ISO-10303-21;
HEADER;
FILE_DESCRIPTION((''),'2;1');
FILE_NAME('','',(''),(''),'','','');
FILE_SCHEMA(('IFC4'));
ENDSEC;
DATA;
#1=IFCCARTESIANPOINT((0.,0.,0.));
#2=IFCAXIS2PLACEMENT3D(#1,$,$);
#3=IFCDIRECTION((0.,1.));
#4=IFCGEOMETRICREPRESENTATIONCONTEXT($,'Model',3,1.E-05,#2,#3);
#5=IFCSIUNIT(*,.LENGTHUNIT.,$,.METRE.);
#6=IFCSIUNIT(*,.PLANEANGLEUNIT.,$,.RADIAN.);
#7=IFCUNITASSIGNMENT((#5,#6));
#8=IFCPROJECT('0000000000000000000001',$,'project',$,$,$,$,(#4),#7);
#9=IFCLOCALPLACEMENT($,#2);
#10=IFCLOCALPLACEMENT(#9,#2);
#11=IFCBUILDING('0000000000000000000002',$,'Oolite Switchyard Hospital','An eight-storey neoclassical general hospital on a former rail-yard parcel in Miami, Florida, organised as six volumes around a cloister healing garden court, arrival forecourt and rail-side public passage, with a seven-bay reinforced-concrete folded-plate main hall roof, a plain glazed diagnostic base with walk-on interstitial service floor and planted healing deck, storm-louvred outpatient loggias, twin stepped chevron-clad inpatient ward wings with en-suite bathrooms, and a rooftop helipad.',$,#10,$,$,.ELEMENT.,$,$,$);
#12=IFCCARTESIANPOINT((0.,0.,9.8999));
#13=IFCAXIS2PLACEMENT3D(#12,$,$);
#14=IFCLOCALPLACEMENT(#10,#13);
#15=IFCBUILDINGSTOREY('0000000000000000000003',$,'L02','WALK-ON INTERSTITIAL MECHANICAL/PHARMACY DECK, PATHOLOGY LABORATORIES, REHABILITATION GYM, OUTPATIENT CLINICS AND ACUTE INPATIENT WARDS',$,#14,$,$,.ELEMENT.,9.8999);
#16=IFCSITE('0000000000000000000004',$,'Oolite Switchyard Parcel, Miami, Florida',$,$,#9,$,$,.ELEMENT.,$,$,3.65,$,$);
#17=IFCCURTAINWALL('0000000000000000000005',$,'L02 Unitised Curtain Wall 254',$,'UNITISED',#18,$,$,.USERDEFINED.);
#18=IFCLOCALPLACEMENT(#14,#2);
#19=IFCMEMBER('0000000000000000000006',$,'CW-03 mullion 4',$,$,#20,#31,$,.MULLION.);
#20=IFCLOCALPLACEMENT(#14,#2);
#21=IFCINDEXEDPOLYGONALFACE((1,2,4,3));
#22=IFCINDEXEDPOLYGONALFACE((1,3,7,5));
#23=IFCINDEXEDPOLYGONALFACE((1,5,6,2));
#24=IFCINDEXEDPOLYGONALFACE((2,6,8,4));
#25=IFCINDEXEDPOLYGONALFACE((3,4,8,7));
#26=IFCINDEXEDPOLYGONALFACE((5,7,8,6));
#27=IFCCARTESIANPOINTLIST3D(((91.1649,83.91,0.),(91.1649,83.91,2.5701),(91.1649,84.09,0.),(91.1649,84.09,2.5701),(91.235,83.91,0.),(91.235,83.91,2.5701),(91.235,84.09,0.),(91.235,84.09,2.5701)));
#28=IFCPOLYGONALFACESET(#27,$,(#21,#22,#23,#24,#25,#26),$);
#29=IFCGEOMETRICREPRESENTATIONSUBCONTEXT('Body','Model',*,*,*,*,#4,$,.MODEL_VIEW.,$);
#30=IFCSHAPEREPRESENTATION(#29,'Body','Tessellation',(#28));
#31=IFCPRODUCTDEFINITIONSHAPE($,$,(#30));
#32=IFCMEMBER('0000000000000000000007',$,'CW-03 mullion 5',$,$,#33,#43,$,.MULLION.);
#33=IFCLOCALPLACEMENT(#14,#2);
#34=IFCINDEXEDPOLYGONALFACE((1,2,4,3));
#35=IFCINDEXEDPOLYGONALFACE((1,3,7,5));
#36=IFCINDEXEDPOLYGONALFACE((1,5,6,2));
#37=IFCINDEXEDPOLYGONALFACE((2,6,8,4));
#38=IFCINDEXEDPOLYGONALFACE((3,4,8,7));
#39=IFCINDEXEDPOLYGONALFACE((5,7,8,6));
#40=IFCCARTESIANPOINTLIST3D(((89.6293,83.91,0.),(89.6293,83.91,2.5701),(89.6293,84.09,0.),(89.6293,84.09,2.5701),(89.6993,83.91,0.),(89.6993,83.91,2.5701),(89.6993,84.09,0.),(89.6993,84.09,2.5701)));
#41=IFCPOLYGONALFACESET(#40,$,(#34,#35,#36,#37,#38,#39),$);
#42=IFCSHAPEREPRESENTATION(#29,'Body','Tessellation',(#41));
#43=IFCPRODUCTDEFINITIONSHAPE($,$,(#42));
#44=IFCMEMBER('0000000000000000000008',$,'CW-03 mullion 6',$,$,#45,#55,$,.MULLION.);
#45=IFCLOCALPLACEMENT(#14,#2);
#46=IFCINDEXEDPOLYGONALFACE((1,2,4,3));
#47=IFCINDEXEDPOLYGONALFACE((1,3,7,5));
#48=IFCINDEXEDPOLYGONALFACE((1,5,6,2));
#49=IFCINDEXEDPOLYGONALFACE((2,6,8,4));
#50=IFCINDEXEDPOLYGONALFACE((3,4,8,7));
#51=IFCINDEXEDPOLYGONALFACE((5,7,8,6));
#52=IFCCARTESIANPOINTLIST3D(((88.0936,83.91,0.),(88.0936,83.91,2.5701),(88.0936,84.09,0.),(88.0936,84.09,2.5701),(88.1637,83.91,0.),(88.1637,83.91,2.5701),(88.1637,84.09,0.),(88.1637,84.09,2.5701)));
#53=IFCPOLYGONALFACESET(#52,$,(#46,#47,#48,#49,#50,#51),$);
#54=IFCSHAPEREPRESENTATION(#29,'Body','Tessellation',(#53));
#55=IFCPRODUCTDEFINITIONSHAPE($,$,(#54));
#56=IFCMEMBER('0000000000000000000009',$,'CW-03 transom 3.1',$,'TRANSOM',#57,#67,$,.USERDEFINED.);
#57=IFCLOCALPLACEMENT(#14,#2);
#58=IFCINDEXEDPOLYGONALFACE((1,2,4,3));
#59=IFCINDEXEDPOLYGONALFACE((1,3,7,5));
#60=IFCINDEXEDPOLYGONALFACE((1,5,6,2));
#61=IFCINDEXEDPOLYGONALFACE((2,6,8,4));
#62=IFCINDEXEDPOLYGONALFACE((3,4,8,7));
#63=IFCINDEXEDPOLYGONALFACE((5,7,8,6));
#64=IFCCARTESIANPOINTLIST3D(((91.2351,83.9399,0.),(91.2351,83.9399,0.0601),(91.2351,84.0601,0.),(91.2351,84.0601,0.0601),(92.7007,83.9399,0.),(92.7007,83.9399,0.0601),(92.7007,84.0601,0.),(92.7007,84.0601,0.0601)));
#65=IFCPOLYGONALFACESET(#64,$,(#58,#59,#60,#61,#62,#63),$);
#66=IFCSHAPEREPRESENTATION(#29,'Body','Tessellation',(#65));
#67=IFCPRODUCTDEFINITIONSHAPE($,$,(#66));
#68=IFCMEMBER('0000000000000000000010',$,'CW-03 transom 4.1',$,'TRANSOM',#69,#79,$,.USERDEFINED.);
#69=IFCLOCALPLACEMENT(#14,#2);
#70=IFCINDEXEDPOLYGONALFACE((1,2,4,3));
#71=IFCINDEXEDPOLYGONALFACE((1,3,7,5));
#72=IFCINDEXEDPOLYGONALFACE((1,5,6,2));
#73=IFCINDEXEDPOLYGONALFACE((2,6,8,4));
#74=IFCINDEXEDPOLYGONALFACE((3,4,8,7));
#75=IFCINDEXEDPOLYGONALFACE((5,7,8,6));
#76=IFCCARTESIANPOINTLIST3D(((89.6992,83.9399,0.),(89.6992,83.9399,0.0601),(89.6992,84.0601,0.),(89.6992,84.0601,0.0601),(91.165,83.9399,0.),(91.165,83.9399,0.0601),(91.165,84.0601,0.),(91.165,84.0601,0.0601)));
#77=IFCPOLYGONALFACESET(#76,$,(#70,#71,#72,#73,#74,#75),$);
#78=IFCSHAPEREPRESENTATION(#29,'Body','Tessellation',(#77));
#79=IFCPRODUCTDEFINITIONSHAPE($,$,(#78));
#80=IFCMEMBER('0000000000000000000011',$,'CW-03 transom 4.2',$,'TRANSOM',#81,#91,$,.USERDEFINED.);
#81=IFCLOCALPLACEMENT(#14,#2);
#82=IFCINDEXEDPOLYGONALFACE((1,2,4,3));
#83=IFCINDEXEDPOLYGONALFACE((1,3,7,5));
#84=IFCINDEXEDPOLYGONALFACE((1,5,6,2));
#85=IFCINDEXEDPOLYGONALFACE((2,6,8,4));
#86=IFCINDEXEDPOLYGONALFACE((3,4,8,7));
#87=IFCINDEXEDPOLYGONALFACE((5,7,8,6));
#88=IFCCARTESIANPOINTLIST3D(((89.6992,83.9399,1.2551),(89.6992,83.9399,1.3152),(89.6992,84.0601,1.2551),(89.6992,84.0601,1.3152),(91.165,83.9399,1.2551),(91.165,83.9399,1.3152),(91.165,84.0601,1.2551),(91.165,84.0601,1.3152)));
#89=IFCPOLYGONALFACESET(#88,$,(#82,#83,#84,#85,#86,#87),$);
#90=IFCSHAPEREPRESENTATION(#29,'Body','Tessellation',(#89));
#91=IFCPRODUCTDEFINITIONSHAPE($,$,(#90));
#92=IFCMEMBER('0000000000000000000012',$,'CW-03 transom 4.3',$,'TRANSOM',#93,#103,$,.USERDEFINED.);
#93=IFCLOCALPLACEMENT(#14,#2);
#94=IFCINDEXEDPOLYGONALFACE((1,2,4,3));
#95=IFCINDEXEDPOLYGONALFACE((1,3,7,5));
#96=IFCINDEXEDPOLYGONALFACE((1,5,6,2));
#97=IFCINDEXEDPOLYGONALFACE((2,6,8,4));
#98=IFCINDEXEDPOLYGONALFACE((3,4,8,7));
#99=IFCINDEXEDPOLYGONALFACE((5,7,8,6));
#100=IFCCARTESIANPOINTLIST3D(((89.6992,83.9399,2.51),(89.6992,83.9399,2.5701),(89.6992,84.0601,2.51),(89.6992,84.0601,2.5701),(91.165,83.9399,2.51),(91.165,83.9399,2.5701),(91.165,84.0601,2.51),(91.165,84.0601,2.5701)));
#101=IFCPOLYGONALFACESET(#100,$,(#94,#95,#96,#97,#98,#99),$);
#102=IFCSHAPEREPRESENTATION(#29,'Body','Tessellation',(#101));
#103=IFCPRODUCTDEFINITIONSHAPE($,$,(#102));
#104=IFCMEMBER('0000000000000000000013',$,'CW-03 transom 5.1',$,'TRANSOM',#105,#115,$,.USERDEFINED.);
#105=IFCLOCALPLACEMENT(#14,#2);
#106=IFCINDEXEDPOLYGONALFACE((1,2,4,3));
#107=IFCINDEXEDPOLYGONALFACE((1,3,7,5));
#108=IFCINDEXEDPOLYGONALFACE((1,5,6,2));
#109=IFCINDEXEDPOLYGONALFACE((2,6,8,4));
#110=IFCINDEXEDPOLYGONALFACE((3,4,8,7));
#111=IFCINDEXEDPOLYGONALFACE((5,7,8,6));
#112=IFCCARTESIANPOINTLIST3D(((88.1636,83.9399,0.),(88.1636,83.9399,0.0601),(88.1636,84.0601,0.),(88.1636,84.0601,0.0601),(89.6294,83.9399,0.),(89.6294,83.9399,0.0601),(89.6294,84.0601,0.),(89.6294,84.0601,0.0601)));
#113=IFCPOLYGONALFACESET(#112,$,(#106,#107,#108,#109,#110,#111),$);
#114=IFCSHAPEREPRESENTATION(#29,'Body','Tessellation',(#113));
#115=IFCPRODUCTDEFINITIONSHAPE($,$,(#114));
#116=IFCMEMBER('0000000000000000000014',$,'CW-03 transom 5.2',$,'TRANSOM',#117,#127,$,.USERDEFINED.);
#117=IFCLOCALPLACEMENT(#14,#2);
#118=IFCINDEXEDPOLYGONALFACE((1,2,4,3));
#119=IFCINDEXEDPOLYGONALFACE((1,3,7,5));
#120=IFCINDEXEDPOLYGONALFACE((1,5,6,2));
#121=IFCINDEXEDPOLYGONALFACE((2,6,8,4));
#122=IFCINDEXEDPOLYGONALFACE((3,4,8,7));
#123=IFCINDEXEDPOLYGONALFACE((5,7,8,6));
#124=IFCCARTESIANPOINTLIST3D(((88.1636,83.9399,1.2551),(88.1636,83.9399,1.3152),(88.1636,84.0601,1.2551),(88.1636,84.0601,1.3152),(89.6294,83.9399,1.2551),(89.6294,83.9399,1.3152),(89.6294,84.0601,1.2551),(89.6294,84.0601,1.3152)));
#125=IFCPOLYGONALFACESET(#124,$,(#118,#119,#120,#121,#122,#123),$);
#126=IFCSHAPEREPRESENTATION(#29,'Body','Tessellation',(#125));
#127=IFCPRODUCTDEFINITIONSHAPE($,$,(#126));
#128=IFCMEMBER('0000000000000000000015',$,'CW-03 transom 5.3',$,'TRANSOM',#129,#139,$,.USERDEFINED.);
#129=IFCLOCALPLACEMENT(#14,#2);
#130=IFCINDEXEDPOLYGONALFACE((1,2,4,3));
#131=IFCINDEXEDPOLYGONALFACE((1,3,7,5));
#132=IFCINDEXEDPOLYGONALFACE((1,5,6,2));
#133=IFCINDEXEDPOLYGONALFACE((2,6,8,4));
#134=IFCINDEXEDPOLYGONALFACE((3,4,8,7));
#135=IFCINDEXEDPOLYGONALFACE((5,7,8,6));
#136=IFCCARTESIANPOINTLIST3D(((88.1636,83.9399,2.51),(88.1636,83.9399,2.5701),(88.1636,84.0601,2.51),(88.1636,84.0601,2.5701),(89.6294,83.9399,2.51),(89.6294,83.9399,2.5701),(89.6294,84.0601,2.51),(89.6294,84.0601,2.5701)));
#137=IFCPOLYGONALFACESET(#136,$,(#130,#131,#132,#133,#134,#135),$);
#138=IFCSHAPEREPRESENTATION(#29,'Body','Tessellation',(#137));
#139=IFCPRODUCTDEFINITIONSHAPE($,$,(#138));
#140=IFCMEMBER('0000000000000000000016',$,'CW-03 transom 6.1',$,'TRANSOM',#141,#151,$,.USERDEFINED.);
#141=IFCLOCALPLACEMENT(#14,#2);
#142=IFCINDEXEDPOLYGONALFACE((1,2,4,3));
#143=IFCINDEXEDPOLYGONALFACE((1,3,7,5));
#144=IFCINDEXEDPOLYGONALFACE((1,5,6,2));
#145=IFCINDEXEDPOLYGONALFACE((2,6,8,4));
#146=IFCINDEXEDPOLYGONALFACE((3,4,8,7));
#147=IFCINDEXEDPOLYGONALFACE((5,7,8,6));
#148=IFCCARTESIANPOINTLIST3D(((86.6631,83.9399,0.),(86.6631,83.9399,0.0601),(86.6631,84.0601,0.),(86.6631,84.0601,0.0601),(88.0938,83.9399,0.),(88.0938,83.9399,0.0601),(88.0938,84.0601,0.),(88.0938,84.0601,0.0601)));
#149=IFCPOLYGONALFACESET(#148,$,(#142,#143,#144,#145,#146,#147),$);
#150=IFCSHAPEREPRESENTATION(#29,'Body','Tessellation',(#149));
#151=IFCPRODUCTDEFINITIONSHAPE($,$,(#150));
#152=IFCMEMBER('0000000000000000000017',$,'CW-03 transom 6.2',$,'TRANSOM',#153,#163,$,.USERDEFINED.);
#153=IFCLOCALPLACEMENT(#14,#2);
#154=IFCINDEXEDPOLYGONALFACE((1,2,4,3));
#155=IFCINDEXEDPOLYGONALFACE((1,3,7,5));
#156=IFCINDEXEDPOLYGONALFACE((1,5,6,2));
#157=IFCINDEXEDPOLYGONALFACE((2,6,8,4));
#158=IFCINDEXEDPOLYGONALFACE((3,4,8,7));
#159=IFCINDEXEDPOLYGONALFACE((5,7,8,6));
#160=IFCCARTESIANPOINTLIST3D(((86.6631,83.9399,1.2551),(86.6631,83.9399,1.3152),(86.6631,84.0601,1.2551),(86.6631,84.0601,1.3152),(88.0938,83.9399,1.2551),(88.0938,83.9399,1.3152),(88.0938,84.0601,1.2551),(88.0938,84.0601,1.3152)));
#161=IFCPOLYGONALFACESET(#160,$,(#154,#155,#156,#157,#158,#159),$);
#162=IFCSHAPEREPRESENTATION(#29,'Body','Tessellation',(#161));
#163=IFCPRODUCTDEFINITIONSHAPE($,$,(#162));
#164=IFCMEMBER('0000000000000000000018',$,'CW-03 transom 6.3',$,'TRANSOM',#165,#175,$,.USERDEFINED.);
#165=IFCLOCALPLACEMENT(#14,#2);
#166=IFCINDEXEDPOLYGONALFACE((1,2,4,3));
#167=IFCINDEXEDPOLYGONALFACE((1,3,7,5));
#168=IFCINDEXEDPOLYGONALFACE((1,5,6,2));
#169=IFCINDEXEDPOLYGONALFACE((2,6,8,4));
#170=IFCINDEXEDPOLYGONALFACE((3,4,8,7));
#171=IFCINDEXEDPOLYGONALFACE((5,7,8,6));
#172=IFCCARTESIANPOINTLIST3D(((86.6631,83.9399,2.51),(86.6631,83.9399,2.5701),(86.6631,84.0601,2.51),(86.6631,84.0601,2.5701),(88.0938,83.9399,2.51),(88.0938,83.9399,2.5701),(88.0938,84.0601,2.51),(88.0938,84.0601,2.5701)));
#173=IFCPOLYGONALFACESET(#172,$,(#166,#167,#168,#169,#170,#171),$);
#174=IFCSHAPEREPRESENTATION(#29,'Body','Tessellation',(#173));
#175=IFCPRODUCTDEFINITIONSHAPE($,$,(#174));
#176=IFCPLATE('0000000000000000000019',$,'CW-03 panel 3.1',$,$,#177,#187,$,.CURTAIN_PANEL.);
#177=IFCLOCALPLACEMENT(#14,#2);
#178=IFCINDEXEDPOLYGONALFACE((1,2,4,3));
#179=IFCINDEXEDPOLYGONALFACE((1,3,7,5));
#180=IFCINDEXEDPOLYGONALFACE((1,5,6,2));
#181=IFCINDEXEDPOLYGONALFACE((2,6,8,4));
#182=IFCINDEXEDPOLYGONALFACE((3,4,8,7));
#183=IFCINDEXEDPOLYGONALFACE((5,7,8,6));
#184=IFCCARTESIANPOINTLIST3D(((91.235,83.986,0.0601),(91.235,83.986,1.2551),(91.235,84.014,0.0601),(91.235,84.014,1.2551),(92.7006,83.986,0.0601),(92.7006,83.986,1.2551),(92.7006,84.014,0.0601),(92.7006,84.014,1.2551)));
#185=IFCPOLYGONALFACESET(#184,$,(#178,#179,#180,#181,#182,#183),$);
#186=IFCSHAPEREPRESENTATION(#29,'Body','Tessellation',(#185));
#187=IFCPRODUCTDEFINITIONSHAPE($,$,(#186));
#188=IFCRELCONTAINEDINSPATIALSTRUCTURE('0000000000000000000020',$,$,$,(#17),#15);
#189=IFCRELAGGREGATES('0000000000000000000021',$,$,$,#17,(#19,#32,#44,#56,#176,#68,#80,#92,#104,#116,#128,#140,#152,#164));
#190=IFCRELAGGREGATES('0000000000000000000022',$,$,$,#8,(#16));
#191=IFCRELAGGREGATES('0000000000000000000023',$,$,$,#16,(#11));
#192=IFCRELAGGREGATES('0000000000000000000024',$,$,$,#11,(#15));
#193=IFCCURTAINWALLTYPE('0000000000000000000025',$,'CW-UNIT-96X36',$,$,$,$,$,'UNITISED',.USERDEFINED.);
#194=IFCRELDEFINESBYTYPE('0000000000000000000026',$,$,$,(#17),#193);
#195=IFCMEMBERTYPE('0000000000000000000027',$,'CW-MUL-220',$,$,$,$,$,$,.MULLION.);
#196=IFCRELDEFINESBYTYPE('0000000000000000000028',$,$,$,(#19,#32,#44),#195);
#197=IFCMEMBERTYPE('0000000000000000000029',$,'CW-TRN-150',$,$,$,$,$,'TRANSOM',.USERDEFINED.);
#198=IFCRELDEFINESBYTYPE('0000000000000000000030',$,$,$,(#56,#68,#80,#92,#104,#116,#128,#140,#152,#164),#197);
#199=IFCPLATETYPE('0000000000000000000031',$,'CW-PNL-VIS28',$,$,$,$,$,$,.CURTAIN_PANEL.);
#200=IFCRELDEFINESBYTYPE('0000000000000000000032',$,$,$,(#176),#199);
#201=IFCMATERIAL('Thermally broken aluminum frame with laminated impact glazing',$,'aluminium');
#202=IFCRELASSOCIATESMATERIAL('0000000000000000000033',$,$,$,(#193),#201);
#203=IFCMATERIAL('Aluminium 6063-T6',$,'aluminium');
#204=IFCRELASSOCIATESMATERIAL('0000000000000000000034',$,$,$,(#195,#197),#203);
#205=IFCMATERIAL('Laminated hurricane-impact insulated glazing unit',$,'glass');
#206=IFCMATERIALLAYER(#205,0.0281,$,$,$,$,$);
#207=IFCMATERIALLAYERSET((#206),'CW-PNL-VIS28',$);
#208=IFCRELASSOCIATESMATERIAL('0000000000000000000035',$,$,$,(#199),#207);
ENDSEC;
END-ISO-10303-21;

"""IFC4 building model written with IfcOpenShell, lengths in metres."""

from ifc_helpers import new_model, si_unit, direction, frame, origin, origin_2d, place, context, subcontext, project, spatial, rectangle, extrude, material, layer, layer_set, material_profile, profile_set, type_object, element, aggregate, save


model = new_model("IFC4")

# Units and contexts
model_context = context("Model", 3, precision=1e-05, world=origin(), true_north=direction((0.0, 1.0)))
body_context = subcontext(model_context, "Body", "Model", "MODEL_VIEW")
ifc_project = project(units=[si_unit("LENGTHUNIT", "METRE"), si_unit("PLANEANGLEUNIT", "RADIAN")], contexts=[model_context])

# Site, building, storey
site_placement = place(None, origin())
site = spatial("IfcSite", under=ifc_project, at=site_placement, Name="Oolite Switchyard Parcel, Miami, Florida", CompositionType="ELEMENT", RefElevation=3.65)
building_placement = place(site_placement, origin())
building = spatial("IfcBuilding", under=site, at=building_placement, Name="Oolite Switchyard Hospital", Description="An eight-storey neoclassical general hospital on a former rail-yard parcel in Miami, Florida, organised as six volumes around a cloister healing garden court, arrival forecourt and rail-side public passage, with a seven-bay reinforced-concrete folded-plate main hall roof, a plain glazed diagnostic base with walk-on interstitial service floor and planted healing deck, storm-louvred outpatient loggias, twin stepped chevron-clad inpatient ward wings with en-suite bathrooms, and a rooftop helipad.", CompositionType="ELEMENT")
storey_placement = place(building_placement, frame((0.0, 0.0, 9.8999)))
storey = spatial("IfcBuildingStorey", under=building, at=storey_placement, Name="L02", Description="WALK-ON INTERSTITIAL MECHANICAL/PHARMACY DECK, PATHOLOGY LABORATORIES, REHABILITATION GYM, OUTPATIENT CLINICS AND ACUTE INPATIENT WARDS", CompositionType="ELEMENT", Elevation=9.8999)

# Curtain wall, members, plate
ifc_material_1 = material(Name="Thermally broken aluminum frame with laminated impact glazing", Category="aluminium")
curtain_wall_type = type_object("IfcCurtainWallType", Name="CW-UNIT-96X36", ElementType="UNITISED", PredefinedType="USERDEFINED", material=ifc_material_1)
curtain_wall_placement = place(storey_placement, origin())
curtain_wall = element("IfcCurtainWall", 1, at=curtain_wall_placement, inside=storey, type_object=curtain_wall_type, Name="L02 Unitised Curtain Wall 254", ObjectType="UNITISED", PredefinedType="USERDEFINED")
ifc_material_2 = material(Name="Aluminium 6063-T6", Category="aluminium")
ifc_material_profile_1 = material_profile(ifc_material_2, rectangle(XDim=0.1799, YDim=0.0701, at=origin_2d()), Name="CWM70X180")
ifc_profile_set_1 = profile_set([ifc_material_profile_1], Name="Aluminium 6063-T6")
member_type_1 = type_object("IfcMemberType", Name="CW-MUL-220", PredefinedType="MULLION", material=ifc_profile_set_1)
member_1_placement = place(storey_placement, frame((91.2, 84.0, 0.0), z_axis=(0.0, 0.0, 1.0), x_axis=(0.0, -1.0, 0.0)))
member_1 = element("IfcMember", 2, at=member_1_placement, type_object=member_type_1, Name="CW-03 mullion 4", PredefinedType="MULLION", context=body_context, shape_type="SweptSolid", body=[
    extrude(rectangle(XDim=0.1799, YDim=0.0701, at=origin_2d()), origin(), (0.0, 0.0, 1.0), 2.5701),
])
member_2_placement = place(storey_placement, frame((89.6643, 84.0, 0.0), z_axis=(0.0, 0.0, 1.0), x_axis=(0.0, -1.0, 0.0)))
member_2 = element("IfcMember", 3, at=member_2_placement, type_object=member_type_1, Name="CW-03 mullion 5", PredefinedType="MULLION", context=body_context, shape_type="SweptSolid", body=[
    extrude(rectangle(XDim=0.1799, YDim=0.0701, at=origin_2d()), origin(), (0.0, 0.0, 1.0), 2.5701),
])
member_3_placement = place(storey_placement, frame((88.1287, 84.0, 0.0), z_axis=(0.0, 0.0, 1.0), x_axis=(0.0, -1.0, 0.0)))
member_3 = element("IfcMember", 4, at=member_3_placement, type_object=member_type_1, Name="CW-03 mullion 6", PredefinedType="MULLION", context=body_context, shape_type="SweptSolid", body=[
    extrude(rectangle(XDim=0.1799, YDim=0.0701, at=origin_2d()), origin(), (0.0, 0.0, 1.0), 2.5701),
])
ifc_material_profile_2 = material_profile(ifc_material_2, rectangle(XDim=0.1201, YDim=0.0601, at=origin_2d()), Name="CWT60X120")
ifc_profile_set_2 = profile_set([ifc_material_profile_2], Name="Aluminium 6063-T6")
member_type_2 = type_object("IfcMemberType", Name="CW-TRN-150", ElementType="TRANSOM", PredefinedType="USERDEFINED", material=ifc_profile_set_2)
member_4_placement = place(storey_placement, frame((92.7007, 84.0, 0.03), z_axis=(-1.0, 0.0, 0.0), x_axis=(0.0, -1.0, 0.0)))
member_4 = element("IfcMember", 5, at=member_4_placement, type_object=member_type_2, Name="CW-03 transom 3.1", ObjectType="TRANSOM", PredefinedType="USERDEFINED", context=body_context, shape_type="SweptSolid", body=[
    extrude(rectangle(XDim=0.1201, YDim=0.0601, at=origin_2d()), origin(), (0.0, 0.0, 1.0), 1.4656),
])
member_5_placement = place(storey_placement, frame((91.165, 84.0, 0.03), z_axis=(-1.0, 0.0, 0.0), x_axis=(0.0, -1.0, 0.0)))
member_5 = element("IfcMember", 6, at=member_5_placement, type_object=member_type_2, Name="CW-03 transom 4.1", ObjectType="TRANSOM", PredefinedType="USERDEFINED", context=body_context, shape_type="SweptSolid", body=[
    extrude(rectangle(XDim=0.1201, YDim=0.0601, at=origin_2d()), origin(), (0.0, 0.0, 1.0), 1.4658),
])
member_6_placement = place(storey_placement, frame((91.165, 84.0, 1.2852), z_axis=(-1.0, 0.0, 0.0), x_axis=(0.0, -1.0, 0.0)))
member_6 = element("IfcMember", 7, at=member_6_placement, type_object=member_type_2, Name="CW-03 transom 4.2", ObjectType="TRANSOM", PredefinedType="USERDEFINED", context=body_context, shape_type="SweptSolid", body=[
    extrude(rectangle(XDim=0.1201, YDim=0.0601, at=origin_2d()), origin(), (0.0, 0.0, 1.0), 1.4658),
])
member_7_placement = place(storey_placement, frame((91.165, 84.0, 2.54), z_axis=(-1.0, 0.0, 0.0), x_axis=(0.0, -1.0, 0.0)))
member_7 = element("IfcMember", 8, at=member_7_placement, type_object=member_type_2, Name="CW-03 transom 4.3", ObjectType="TRANSOM", PredefinedType="USERDEFINED", context=body_context, shape_type="SweptSolid", body=[
    extrude(rectangle(XDim=0.1201, YDim=0.0601, at=origin_2d()), origin(), (0.0, 0.0, 1.0), 1.4658),
])
member_8_placement = place(storey_placement, frame((89.6294, 84.0, 0.03), z_axis=(-1.0, 0.0, 0.0), x_axis=(0.0, -1.0, 0.0)))
member_8 = element("IfcMember", 9, at=member_8_placement, type_object=member_type_2, Name="CW-03 transom 5.1", ObjectType="TRANSOM", PredefinedType="USERDEFINED", context=body_context, shape_type="SweptSolid", body=[
    extrude(rectangle(XDim=0.1201, YDim=0.0601, at=origin_2d()), origin(), (0.0, 0.0, 1.0), 1.4658),
])
member_9_placement = place(storey_placement, frame((89.6294, 84.0, 1.2852), z_axis=(-1.0, 0.0, 0.0), x_axis=(0.0, -1.0, 0.0)))
member_9 = element("IfcMember", 10, at=member_9_placement, type_object=member_type_2, Name="CW-03 transom 5.2", ObjectType="TRANSOM", PredefinedType="USERDEFINED", context=body_context, shape_type="SweptSolid", body=[
    extrude(rectangle(XDim=0.1201, YDim=0.0601, at=origin_2d()), origin(), (0.0, 0.0, 1.0), 1.4658),
])
member_10_placement = place(storey_placement, frame((89.6294, 84.0, 2.54), z_axis=(-1.0, 0.0, 0.0), x_axis=(0.0, -1.0, 0.0)))
member_10 = element("IfcMember", 11, at=member_10_placement, type_object=member_type_2, Name="CW-03 transom 5.3", ObjectType="TRANSOM", PredefinedType="USERDEFINED", context=body_context, shape_type="SweptSolid", body=[
    extrude(rectangle(XDim=0.1201, YDim=0.0601, at=origin_2d()), origin(), (0.0, 0.0, 1.0), 1.4658),
])
member_11_placement = place(storey_placement, frame((88.0938, 84.0, 0.03), z_axis=(-1.0, 0.0, 0.0), x_axis=(0.0, -1.0, 0.0)))
member_11 = element("IfcMember", 12, at=member_11_placement, type_object=member_type_2, Name="CW-03 transom 6.1", ObjectType="TRANSOM", PredefinedType="USERDEFINED", context=body_context, shape_type="SweptSolid", body=[
    extrude(rectangle(XDim=0.1201, YDim=0.0601, at=origin_2d()), origin(), (0.0, 0.0, 1.0), 1.4307),
])
member_12_placement = place(storey_placement, frame((88.0938, 84.0, 1.2852), z_axis=(-1.0, 0.0, 0.0), x_axis=(0.0, -1.0, 0.0)))
member_12 = element("IfcMember", 13, at=member_12_placement, type_object=member_type_2, Name="CW-03 transom 6.2", ObjectType="TRANSOM", PredefinedType="USERDEFINED", context=body_context, shape_type="SweptSolid", body=[
    extrude(rectangle(XDim=0.1201, YDim=0.0601, at=origin_2d()), origin(), (0.0, 0.0, 1.0), 1.4307),
])
member_13_placement = place(storey_placement, frame((88.0938, 84.0, 2.54), z_axis=(-1.0, 0.0, 0.0), x_axis=(0.0, -1.0, 0.0)))
member_13 = element("IfcMember", 14, at=member_13_placement, type_object=member_type_2, Name="CW-03 transom 6.3", ObjectType="TRANSOM", PredefinedType="USERDEFINED", context=body_context, shape_type="SweptSolid", body=[
    extrude(rectangle(XDim=0.1201, YDim=0.0601, at=origin_2d()), origin(), (0.0, 0.0, 1.0), 1.4307),
])
ifc_material_3 = material(Name="Laminated hurricane-impact insulated glazing unit", Category="glass")
ifc_layer = layer(ifc_material_3, 0.0281)
ifc_layer_set = layer_set([ifc_layer], Name="CW-PNL-VIS28")
plate_type = type_object("IfcPlateType", Name="CW-PNL-VIS28", PredefinedType="CURTAIN_PANEL", material=ifc_layer_set)
plate_1_placement = place(storey_placement, frame((91.9678, 84.0, 0.0601), z_axis=(0.0, 0.0, 1.0), x_axis=(-1.0, 0.0, 0.0)))
plate_1 = element("IfcPlate", 15, at=plate_1_placement, type_object=plate_type, Name="CW-03 panel 3.1", PredefinedType="CURTAIN_PANEL", context=body_context, shape_type="SweptSolid", body=[
    extrude(rectangle(XDim=1.4656, YDim=0.0281, at=origin_2d()), origin(), (0.0, 0.0, 1.0), 1.1951),
])
aggregate(curtain_wall, [member_1, member_2, member_3, member_4, plate_1, member_5, member_6, member_7, member_8, member_9, member_10, member_11, member_12, member_13])

save(model, "model.ifc")
